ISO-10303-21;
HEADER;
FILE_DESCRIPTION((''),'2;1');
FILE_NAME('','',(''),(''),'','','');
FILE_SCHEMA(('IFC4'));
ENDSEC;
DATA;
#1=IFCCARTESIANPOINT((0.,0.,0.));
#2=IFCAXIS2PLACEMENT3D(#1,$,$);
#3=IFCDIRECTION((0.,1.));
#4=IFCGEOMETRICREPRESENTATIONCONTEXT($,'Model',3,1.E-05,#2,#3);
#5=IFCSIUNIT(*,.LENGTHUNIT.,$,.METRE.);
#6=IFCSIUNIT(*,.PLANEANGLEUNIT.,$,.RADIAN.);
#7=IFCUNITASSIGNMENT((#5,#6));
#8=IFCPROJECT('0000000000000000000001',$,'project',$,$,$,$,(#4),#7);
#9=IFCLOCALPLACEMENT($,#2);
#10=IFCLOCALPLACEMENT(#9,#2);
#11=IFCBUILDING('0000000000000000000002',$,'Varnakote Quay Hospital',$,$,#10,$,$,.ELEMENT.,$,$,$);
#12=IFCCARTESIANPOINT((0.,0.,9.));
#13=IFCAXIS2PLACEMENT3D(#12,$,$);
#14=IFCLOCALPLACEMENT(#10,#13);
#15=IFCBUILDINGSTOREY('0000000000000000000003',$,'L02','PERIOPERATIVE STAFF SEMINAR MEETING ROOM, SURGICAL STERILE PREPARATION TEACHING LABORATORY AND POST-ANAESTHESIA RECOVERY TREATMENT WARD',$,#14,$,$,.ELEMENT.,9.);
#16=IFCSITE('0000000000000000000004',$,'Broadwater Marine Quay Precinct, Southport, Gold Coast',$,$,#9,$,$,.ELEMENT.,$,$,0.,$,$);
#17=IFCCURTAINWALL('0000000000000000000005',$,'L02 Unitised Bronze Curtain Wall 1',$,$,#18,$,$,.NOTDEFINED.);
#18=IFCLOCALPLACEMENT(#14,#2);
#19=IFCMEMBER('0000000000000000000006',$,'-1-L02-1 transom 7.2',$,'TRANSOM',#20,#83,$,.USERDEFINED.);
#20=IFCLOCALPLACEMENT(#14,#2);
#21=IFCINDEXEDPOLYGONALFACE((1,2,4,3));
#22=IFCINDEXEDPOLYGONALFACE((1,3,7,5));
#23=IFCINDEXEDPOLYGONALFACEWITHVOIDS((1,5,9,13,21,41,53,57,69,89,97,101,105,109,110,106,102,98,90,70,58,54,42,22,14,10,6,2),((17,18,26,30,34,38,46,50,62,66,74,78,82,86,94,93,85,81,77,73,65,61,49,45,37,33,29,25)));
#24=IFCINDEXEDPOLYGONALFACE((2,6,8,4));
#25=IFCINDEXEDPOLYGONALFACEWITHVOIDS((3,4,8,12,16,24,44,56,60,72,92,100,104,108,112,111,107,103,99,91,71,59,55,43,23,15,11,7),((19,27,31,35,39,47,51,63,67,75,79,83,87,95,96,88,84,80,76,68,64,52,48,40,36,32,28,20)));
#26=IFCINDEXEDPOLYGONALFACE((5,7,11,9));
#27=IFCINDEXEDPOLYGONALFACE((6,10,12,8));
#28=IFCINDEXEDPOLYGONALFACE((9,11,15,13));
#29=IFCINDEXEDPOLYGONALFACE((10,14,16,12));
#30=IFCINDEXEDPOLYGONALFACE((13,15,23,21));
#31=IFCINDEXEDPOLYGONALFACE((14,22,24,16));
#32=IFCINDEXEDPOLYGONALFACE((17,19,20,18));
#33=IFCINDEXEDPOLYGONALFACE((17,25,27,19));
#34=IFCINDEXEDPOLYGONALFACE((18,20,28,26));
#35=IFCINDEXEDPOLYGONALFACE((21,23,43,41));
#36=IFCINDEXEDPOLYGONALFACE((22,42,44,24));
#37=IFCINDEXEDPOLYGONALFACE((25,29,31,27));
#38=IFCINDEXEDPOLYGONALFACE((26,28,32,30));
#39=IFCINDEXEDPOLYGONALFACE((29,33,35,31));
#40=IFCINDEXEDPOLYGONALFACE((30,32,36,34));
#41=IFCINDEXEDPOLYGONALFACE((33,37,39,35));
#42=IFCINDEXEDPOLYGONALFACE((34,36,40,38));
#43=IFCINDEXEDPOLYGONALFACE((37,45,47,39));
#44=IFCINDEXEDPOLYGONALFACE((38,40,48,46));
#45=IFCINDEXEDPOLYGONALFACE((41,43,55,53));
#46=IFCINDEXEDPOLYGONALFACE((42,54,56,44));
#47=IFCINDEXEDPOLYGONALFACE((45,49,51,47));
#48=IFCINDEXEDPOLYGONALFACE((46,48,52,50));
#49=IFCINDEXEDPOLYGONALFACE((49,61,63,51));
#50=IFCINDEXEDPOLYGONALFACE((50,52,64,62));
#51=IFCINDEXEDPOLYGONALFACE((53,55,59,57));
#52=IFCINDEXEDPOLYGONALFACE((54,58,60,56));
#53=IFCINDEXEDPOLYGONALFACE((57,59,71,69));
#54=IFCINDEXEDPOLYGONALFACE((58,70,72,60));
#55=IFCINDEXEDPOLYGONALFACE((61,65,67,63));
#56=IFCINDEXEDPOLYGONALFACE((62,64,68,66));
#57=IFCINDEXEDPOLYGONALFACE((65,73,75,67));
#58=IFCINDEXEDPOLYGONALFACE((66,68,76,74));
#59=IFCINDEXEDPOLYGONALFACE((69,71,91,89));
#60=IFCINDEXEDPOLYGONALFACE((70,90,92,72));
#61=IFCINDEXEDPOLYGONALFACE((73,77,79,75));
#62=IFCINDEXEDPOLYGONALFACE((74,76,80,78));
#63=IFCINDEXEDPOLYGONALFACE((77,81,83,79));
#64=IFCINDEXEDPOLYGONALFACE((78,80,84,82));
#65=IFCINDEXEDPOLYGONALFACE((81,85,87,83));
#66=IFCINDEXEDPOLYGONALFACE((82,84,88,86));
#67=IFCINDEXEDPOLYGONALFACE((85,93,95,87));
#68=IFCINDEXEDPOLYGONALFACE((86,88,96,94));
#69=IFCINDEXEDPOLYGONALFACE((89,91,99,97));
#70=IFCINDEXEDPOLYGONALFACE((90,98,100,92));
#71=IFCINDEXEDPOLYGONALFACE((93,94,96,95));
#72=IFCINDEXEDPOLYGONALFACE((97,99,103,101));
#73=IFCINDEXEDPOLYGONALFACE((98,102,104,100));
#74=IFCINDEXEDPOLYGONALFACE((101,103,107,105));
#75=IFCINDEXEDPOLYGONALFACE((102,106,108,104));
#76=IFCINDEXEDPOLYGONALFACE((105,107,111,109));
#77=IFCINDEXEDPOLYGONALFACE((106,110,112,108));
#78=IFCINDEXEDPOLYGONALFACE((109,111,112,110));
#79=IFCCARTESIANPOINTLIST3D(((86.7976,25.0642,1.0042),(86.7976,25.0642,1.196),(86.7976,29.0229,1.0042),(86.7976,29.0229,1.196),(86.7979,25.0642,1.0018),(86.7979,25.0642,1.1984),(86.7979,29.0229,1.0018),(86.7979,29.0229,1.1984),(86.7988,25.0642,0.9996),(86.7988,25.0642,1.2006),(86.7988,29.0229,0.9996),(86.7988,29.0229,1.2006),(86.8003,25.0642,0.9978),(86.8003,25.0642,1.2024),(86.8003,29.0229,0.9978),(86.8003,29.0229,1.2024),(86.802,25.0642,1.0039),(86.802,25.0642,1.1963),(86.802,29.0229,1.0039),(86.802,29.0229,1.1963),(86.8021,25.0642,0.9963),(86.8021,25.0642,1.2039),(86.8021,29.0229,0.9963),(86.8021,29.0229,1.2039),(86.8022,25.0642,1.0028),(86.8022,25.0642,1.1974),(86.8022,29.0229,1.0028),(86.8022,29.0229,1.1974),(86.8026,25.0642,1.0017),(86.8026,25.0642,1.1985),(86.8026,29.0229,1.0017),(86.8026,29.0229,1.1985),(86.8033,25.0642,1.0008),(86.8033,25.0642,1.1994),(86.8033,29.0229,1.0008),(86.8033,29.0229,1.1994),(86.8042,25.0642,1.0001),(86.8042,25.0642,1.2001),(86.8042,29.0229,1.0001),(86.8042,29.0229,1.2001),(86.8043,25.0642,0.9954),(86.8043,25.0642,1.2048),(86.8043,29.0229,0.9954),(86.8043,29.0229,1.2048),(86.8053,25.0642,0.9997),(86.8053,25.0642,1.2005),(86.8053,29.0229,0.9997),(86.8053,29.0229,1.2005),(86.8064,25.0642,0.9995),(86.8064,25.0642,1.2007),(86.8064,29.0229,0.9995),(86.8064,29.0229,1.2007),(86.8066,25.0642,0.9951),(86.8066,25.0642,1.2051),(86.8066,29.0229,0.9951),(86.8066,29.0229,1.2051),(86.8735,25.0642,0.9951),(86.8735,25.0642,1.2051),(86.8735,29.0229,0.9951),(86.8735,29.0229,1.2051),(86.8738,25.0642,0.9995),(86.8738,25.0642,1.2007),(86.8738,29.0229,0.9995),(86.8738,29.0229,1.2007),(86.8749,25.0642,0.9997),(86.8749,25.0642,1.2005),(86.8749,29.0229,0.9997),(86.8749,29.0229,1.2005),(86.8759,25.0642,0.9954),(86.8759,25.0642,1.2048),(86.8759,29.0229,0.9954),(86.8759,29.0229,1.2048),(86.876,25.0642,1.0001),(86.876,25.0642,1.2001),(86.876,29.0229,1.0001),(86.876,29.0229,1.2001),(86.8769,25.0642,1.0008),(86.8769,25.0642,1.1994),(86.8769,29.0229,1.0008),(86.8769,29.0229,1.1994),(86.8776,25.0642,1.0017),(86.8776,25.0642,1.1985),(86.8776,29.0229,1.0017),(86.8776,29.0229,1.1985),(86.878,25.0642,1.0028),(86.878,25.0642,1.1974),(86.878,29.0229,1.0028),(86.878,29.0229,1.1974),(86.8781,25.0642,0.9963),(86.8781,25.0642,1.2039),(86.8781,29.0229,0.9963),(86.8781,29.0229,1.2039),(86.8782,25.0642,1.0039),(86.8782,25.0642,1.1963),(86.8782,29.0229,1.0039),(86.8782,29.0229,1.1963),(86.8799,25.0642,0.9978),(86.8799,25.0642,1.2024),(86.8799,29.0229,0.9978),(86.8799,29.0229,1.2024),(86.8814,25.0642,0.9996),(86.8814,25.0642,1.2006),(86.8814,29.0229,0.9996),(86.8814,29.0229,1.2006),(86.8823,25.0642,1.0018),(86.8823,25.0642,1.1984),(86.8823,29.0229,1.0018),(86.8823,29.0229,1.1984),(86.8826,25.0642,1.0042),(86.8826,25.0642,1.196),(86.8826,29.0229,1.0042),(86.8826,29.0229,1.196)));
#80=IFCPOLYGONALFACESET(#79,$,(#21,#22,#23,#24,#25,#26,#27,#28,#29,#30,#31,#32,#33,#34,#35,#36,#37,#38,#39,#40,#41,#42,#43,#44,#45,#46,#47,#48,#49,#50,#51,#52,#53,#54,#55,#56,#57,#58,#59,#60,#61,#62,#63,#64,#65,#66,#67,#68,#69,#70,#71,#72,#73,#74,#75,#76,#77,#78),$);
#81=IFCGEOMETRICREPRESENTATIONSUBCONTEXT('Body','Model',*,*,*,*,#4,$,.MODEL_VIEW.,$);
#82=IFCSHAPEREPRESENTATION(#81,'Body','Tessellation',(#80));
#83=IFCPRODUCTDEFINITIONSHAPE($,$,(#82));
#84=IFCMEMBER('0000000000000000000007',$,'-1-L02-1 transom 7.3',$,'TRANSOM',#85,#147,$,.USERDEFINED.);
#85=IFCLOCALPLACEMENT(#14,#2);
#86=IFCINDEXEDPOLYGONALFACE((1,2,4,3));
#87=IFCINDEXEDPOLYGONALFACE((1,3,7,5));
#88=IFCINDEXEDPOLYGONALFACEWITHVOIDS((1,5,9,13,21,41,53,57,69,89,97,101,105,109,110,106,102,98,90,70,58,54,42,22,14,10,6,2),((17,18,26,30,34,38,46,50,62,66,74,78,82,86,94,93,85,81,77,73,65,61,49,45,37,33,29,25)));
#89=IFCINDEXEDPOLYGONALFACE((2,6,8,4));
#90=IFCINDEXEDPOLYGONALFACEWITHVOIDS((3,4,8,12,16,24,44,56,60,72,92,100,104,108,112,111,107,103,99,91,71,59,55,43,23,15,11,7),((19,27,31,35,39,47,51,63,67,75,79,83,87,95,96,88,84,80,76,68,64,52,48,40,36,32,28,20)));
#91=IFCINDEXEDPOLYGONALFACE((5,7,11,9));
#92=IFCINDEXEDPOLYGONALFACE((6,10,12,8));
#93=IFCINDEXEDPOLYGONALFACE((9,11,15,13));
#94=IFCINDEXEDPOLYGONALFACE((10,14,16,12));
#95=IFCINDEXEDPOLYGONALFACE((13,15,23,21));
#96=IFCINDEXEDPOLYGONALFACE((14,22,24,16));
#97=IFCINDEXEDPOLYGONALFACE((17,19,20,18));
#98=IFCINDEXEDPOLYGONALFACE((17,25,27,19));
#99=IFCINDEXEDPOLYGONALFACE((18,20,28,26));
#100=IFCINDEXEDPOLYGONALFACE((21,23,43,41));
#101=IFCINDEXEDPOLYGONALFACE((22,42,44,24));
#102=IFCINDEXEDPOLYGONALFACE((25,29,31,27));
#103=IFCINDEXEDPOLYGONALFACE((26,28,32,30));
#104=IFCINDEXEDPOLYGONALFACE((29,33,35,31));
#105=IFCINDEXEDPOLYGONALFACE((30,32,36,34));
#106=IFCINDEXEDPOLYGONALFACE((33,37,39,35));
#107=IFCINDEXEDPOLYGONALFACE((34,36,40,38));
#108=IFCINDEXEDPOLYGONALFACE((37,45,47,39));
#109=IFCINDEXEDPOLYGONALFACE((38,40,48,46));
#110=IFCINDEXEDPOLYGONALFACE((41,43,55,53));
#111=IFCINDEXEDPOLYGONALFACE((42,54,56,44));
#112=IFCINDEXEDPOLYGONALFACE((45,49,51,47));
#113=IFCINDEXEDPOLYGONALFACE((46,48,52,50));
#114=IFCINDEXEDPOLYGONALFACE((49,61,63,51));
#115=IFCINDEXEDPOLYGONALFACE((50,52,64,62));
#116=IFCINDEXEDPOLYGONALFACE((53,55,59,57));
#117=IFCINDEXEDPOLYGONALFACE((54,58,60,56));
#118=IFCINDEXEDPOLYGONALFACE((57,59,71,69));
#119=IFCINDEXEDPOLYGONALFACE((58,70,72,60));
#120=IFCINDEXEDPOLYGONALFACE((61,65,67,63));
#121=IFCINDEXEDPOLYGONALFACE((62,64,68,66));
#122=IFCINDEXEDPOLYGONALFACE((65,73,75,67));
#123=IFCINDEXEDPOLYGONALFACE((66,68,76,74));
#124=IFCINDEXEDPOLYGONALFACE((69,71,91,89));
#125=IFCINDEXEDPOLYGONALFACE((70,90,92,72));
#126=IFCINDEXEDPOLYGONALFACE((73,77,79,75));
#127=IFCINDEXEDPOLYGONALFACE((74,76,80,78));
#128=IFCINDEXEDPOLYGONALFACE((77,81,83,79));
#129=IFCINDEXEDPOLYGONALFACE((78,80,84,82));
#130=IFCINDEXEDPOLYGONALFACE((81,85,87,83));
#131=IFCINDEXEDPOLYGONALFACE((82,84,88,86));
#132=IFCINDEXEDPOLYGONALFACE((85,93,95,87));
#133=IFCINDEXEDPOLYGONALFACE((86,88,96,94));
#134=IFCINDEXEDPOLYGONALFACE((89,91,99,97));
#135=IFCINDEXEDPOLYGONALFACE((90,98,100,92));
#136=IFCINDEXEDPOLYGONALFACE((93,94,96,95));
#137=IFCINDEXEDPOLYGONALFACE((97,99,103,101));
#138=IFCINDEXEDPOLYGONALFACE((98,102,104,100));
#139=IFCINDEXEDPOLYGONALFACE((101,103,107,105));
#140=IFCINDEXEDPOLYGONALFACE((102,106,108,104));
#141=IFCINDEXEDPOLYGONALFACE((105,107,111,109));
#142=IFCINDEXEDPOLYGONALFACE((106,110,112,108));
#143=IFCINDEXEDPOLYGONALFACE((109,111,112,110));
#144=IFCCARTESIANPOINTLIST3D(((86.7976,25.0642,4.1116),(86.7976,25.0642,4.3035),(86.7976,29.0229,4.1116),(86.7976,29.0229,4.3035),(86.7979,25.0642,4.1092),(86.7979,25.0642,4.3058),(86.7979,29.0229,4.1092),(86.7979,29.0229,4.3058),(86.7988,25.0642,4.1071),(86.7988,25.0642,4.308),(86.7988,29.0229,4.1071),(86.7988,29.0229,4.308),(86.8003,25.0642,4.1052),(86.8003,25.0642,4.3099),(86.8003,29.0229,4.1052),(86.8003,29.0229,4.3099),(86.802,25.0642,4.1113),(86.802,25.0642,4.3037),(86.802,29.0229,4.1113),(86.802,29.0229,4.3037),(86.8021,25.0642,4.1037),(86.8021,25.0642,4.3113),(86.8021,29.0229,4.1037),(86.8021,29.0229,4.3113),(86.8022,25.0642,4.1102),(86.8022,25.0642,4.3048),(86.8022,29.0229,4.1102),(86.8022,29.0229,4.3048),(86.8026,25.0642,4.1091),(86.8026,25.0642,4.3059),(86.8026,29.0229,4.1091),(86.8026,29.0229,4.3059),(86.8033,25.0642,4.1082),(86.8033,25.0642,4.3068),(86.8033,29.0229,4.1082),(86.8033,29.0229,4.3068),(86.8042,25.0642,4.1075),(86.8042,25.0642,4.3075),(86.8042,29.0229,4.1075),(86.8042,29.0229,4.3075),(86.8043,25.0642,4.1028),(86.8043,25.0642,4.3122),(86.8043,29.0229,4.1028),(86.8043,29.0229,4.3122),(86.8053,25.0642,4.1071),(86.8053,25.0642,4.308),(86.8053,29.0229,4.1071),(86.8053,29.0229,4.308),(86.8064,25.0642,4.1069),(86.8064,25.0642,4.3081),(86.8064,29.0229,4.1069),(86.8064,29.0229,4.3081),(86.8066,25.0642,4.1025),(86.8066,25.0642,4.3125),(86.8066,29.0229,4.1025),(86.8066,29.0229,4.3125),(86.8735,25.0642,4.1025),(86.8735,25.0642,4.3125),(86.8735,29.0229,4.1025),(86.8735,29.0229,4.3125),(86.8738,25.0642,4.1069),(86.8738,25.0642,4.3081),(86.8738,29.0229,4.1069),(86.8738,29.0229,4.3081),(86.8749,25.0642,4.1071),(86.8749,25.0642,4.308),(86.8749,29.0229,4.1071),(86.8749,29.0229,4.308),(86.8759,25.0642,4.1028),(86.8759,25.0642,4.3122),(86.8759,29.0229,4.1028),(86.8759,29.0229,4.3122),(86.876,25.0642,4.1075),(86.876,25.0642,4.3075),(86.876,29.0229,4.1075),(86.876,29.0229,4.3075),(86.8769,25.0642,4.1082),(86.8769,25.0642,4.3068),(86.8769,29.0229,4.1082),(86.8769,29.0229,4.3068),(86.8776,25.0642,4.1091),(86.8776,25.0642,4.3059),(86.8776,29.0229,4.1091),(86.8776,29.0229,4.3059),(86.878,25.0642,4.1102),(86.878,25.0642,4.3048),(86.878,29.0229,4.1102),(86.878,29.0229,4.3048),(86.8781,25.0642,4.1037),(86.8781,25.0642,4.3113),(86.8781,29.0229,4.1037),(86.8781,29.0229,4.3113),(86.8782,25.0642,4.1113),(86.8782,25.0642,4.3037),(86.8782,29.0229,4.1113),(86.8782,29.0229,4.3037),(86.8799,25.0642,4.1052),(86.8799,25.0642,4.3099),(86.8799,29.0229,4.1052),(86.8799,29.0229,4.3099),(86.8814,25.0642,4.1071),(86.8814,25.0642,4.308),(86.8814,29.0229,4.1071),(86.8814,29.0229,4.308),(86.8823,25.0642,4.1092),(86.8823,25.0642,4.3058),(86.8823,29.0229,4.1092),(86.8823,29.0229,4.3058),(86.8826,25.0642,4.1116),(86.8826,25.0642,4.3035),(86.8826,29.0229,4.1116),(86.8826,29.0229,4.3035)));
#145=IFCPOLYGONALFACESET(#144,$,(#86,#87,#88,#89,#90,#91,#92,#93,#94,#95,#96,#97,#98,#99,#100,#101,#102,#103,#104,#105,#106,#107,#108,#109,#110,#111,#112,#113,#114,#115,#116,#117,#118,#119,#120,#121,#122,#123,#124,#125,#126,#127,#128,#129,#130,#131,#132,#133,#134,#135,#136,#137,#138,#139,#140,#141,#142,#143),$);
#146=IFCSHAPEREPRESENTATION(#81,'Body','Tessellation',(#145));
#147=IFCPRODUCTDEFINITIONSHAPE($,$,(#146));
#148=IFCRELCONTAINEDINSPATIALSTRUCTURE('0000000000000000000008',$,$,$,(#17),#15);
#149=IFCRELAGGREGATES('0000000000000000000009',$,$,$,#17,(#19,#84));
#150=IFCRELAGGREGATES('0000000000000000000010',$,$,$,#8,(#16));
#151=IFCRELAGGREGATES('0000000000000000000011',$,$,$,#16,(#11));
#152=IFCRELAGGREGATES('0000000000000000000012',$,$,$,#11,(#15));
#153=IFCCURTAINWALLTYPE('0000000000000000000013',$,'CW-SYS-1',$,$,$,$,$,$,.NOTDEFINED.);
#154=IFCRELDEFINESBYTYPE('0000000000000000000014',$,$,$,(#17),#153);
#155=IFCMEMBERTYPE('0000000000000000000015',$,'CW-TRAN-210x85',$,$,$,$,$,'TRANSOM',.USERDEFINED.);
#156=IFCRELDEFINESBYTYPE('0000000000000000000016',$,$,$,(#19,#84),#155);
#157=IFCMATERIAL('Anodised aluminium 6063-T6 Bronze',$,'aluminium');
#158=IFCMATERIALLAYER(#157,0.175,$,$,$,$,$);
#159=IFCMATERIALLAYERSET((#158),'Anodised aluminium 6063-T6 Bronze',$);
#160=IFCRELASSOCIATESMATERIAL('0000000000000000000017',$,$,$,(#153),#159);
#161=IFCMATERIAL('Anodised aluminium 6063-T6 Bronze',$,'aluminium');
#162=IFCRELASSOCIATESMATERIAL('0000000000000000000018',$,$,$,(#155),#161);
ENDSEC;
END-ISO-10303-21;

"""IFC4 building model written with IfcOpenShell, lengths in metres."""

from ifc_helpers import new_model, si_unit, direction, frame, origin, origin_2d, place, context, subcontext, project, spatial, hollow_rectangle, extrude, material, layer, layer_set, material_profile, profile_set, type_object, element, aggregate, save


model = new_model("IFC4")

# Units and contexts
model_context = context("Model", 3, precision=1e-05, world=origin(), true_north=direction((0.0, 1.0)))
body_context = subcontext(model_context, "Body", "Model", "MODEL_VIEW")
ifc_project = project(units=[si_unit("LENGTHUNIT", "METRE"), si_unit("PLANEANGLEUNIT", "RADIAN")], contexts=[model_context])

# Site, building, storey
site_placement = place(None, origin())
site = spatial("IfcSite", under=ifc_project, at=site_placement, Name="Broadwater Marine Quay Precinct, Southport, Gold Coast", CompositionType="ELEMENT", RefElevation=0.0)
building_placement = place(site_placement, origin())
building = spatial("IfcBuilding", under=site, at=building_placement, Name="Varnakote Quay Hospital", CompositionType="ELEMENT")
storey_placement = place(building_placement, frame((0.0, 0.0, 9.0)))
storey = spatial("IfcBuildingStorey", under=building, at=storey_placement, Name="L02", Description="PERIOPERATIVE STAFF SEMINAR MEETING ROOM, SURGICAL STERILE PREPARATION TEACHING LABORATORY AND POST-ANAESTHESIA RECOVERY TREATMENT WARD", CompositionType="ELEMENT", Elevation=9.0)

# Curtain wall, members
ifc_material_1 = material(Name="Anodised aluminium 6063-T6 Bronze", Category="aluminium")
ifc_layer_1 = layer(ifc_material_1, 0.175)
ifc_layer_set_1 = layer_set([ifc_layer_1], Name="Anodised aluminium 6063-T6 Bronze")
curtain_wall_type = type_object("IfcCurtainWallType", Name="CW-SYS-1", PredefinedType="NOTDEFINED", material=ifc_layer_set_1)
curtain_wall_placement = place(storey_placement, origin())
curtain_wall = element("IfcCurtainWall", 1, at=curtain_wall_placement, inside=storey, type_object=curtain_wall_type, Name="L02 Unitised Bronze Curtain Wall 1", PredefinedType="NOTDEFINED")
ifc_material_2 = material(Name="Anodised aluminium 6063-T6 Bronze", Category="aluminium")
ifc_material_profile_1 = material_profile(ifc_material_2, hollow_rectangle(XDim=0.085, YDim=0.21, WallThickness=0.0044, InnerFilletRadius=0.0044, OuterFilletRadius=0.009, at=origin_2d()), Name="CW-TRAN-210x85")
ifc_profile_set_1 = profile_set([ifc_material_profile_1], Name="Anodised aluminium 6063-T6 Bronze")
member_type_1 = type_object("IfcMemberType", Name="CW-TRAN-210x85", ElementType="TRANSOM", PredefinedType="USERDEFINED", material=ifc_profile_set_1)
member_1_placement = place(storey_placement, frame((86.8401, 25.0642, 1.1001), z_axis=(0.0, 1.0, 0.0), x_axis=(-1.0, 0.0, 0.0)))
member_1 = element("IfcMember", 2, at=member_1_placement, type_object=member_type_1, Name="-1-L02-1 transom 7.2", ObjectType="TRANSOM", PredefinedType="USERDEFINED", context=body_context, shape_type="SweptSolid", body=[
    extrude(hollow_rectangle(XDim=0.085, YDim=0.21, WallThickness=0.0044, InnerFilletRadius=0.0044, OuterFilletRadius=0.009, at=origin_2d()), origin(), (0.0, 0.0, 1.0), 3.9587),
])
member_2_placement = place(storey_placement, frame((86.8401, 25.0642, 4.2075), z_axis=(0.0, 1.0, 0.0), x_axis=(-1.0, 0.0, 0.0)))
member_2 = element("IfcMember", 3, at=member_2_placement, type_object=member_type_1, Name="-1-L02-1 transom 7.3", ObjectType="TRANSOM", PredefinedType="USERDEFINED", context=body_context, shape_type="SweptSolid", body=[
    extrude(hollow_rectangle(XDim=0.085, YDim=0.21, WallThickness=0.0044, InnerFilletRadius=0.0044, OuterFilletRadius=0.009, at=origin_2d()), origin(), (0.0, 0.0, 1.0), 3.9587),
])
aggregate(curtain_wall, [member_1, member_2])

save(model, "model.ifc")
